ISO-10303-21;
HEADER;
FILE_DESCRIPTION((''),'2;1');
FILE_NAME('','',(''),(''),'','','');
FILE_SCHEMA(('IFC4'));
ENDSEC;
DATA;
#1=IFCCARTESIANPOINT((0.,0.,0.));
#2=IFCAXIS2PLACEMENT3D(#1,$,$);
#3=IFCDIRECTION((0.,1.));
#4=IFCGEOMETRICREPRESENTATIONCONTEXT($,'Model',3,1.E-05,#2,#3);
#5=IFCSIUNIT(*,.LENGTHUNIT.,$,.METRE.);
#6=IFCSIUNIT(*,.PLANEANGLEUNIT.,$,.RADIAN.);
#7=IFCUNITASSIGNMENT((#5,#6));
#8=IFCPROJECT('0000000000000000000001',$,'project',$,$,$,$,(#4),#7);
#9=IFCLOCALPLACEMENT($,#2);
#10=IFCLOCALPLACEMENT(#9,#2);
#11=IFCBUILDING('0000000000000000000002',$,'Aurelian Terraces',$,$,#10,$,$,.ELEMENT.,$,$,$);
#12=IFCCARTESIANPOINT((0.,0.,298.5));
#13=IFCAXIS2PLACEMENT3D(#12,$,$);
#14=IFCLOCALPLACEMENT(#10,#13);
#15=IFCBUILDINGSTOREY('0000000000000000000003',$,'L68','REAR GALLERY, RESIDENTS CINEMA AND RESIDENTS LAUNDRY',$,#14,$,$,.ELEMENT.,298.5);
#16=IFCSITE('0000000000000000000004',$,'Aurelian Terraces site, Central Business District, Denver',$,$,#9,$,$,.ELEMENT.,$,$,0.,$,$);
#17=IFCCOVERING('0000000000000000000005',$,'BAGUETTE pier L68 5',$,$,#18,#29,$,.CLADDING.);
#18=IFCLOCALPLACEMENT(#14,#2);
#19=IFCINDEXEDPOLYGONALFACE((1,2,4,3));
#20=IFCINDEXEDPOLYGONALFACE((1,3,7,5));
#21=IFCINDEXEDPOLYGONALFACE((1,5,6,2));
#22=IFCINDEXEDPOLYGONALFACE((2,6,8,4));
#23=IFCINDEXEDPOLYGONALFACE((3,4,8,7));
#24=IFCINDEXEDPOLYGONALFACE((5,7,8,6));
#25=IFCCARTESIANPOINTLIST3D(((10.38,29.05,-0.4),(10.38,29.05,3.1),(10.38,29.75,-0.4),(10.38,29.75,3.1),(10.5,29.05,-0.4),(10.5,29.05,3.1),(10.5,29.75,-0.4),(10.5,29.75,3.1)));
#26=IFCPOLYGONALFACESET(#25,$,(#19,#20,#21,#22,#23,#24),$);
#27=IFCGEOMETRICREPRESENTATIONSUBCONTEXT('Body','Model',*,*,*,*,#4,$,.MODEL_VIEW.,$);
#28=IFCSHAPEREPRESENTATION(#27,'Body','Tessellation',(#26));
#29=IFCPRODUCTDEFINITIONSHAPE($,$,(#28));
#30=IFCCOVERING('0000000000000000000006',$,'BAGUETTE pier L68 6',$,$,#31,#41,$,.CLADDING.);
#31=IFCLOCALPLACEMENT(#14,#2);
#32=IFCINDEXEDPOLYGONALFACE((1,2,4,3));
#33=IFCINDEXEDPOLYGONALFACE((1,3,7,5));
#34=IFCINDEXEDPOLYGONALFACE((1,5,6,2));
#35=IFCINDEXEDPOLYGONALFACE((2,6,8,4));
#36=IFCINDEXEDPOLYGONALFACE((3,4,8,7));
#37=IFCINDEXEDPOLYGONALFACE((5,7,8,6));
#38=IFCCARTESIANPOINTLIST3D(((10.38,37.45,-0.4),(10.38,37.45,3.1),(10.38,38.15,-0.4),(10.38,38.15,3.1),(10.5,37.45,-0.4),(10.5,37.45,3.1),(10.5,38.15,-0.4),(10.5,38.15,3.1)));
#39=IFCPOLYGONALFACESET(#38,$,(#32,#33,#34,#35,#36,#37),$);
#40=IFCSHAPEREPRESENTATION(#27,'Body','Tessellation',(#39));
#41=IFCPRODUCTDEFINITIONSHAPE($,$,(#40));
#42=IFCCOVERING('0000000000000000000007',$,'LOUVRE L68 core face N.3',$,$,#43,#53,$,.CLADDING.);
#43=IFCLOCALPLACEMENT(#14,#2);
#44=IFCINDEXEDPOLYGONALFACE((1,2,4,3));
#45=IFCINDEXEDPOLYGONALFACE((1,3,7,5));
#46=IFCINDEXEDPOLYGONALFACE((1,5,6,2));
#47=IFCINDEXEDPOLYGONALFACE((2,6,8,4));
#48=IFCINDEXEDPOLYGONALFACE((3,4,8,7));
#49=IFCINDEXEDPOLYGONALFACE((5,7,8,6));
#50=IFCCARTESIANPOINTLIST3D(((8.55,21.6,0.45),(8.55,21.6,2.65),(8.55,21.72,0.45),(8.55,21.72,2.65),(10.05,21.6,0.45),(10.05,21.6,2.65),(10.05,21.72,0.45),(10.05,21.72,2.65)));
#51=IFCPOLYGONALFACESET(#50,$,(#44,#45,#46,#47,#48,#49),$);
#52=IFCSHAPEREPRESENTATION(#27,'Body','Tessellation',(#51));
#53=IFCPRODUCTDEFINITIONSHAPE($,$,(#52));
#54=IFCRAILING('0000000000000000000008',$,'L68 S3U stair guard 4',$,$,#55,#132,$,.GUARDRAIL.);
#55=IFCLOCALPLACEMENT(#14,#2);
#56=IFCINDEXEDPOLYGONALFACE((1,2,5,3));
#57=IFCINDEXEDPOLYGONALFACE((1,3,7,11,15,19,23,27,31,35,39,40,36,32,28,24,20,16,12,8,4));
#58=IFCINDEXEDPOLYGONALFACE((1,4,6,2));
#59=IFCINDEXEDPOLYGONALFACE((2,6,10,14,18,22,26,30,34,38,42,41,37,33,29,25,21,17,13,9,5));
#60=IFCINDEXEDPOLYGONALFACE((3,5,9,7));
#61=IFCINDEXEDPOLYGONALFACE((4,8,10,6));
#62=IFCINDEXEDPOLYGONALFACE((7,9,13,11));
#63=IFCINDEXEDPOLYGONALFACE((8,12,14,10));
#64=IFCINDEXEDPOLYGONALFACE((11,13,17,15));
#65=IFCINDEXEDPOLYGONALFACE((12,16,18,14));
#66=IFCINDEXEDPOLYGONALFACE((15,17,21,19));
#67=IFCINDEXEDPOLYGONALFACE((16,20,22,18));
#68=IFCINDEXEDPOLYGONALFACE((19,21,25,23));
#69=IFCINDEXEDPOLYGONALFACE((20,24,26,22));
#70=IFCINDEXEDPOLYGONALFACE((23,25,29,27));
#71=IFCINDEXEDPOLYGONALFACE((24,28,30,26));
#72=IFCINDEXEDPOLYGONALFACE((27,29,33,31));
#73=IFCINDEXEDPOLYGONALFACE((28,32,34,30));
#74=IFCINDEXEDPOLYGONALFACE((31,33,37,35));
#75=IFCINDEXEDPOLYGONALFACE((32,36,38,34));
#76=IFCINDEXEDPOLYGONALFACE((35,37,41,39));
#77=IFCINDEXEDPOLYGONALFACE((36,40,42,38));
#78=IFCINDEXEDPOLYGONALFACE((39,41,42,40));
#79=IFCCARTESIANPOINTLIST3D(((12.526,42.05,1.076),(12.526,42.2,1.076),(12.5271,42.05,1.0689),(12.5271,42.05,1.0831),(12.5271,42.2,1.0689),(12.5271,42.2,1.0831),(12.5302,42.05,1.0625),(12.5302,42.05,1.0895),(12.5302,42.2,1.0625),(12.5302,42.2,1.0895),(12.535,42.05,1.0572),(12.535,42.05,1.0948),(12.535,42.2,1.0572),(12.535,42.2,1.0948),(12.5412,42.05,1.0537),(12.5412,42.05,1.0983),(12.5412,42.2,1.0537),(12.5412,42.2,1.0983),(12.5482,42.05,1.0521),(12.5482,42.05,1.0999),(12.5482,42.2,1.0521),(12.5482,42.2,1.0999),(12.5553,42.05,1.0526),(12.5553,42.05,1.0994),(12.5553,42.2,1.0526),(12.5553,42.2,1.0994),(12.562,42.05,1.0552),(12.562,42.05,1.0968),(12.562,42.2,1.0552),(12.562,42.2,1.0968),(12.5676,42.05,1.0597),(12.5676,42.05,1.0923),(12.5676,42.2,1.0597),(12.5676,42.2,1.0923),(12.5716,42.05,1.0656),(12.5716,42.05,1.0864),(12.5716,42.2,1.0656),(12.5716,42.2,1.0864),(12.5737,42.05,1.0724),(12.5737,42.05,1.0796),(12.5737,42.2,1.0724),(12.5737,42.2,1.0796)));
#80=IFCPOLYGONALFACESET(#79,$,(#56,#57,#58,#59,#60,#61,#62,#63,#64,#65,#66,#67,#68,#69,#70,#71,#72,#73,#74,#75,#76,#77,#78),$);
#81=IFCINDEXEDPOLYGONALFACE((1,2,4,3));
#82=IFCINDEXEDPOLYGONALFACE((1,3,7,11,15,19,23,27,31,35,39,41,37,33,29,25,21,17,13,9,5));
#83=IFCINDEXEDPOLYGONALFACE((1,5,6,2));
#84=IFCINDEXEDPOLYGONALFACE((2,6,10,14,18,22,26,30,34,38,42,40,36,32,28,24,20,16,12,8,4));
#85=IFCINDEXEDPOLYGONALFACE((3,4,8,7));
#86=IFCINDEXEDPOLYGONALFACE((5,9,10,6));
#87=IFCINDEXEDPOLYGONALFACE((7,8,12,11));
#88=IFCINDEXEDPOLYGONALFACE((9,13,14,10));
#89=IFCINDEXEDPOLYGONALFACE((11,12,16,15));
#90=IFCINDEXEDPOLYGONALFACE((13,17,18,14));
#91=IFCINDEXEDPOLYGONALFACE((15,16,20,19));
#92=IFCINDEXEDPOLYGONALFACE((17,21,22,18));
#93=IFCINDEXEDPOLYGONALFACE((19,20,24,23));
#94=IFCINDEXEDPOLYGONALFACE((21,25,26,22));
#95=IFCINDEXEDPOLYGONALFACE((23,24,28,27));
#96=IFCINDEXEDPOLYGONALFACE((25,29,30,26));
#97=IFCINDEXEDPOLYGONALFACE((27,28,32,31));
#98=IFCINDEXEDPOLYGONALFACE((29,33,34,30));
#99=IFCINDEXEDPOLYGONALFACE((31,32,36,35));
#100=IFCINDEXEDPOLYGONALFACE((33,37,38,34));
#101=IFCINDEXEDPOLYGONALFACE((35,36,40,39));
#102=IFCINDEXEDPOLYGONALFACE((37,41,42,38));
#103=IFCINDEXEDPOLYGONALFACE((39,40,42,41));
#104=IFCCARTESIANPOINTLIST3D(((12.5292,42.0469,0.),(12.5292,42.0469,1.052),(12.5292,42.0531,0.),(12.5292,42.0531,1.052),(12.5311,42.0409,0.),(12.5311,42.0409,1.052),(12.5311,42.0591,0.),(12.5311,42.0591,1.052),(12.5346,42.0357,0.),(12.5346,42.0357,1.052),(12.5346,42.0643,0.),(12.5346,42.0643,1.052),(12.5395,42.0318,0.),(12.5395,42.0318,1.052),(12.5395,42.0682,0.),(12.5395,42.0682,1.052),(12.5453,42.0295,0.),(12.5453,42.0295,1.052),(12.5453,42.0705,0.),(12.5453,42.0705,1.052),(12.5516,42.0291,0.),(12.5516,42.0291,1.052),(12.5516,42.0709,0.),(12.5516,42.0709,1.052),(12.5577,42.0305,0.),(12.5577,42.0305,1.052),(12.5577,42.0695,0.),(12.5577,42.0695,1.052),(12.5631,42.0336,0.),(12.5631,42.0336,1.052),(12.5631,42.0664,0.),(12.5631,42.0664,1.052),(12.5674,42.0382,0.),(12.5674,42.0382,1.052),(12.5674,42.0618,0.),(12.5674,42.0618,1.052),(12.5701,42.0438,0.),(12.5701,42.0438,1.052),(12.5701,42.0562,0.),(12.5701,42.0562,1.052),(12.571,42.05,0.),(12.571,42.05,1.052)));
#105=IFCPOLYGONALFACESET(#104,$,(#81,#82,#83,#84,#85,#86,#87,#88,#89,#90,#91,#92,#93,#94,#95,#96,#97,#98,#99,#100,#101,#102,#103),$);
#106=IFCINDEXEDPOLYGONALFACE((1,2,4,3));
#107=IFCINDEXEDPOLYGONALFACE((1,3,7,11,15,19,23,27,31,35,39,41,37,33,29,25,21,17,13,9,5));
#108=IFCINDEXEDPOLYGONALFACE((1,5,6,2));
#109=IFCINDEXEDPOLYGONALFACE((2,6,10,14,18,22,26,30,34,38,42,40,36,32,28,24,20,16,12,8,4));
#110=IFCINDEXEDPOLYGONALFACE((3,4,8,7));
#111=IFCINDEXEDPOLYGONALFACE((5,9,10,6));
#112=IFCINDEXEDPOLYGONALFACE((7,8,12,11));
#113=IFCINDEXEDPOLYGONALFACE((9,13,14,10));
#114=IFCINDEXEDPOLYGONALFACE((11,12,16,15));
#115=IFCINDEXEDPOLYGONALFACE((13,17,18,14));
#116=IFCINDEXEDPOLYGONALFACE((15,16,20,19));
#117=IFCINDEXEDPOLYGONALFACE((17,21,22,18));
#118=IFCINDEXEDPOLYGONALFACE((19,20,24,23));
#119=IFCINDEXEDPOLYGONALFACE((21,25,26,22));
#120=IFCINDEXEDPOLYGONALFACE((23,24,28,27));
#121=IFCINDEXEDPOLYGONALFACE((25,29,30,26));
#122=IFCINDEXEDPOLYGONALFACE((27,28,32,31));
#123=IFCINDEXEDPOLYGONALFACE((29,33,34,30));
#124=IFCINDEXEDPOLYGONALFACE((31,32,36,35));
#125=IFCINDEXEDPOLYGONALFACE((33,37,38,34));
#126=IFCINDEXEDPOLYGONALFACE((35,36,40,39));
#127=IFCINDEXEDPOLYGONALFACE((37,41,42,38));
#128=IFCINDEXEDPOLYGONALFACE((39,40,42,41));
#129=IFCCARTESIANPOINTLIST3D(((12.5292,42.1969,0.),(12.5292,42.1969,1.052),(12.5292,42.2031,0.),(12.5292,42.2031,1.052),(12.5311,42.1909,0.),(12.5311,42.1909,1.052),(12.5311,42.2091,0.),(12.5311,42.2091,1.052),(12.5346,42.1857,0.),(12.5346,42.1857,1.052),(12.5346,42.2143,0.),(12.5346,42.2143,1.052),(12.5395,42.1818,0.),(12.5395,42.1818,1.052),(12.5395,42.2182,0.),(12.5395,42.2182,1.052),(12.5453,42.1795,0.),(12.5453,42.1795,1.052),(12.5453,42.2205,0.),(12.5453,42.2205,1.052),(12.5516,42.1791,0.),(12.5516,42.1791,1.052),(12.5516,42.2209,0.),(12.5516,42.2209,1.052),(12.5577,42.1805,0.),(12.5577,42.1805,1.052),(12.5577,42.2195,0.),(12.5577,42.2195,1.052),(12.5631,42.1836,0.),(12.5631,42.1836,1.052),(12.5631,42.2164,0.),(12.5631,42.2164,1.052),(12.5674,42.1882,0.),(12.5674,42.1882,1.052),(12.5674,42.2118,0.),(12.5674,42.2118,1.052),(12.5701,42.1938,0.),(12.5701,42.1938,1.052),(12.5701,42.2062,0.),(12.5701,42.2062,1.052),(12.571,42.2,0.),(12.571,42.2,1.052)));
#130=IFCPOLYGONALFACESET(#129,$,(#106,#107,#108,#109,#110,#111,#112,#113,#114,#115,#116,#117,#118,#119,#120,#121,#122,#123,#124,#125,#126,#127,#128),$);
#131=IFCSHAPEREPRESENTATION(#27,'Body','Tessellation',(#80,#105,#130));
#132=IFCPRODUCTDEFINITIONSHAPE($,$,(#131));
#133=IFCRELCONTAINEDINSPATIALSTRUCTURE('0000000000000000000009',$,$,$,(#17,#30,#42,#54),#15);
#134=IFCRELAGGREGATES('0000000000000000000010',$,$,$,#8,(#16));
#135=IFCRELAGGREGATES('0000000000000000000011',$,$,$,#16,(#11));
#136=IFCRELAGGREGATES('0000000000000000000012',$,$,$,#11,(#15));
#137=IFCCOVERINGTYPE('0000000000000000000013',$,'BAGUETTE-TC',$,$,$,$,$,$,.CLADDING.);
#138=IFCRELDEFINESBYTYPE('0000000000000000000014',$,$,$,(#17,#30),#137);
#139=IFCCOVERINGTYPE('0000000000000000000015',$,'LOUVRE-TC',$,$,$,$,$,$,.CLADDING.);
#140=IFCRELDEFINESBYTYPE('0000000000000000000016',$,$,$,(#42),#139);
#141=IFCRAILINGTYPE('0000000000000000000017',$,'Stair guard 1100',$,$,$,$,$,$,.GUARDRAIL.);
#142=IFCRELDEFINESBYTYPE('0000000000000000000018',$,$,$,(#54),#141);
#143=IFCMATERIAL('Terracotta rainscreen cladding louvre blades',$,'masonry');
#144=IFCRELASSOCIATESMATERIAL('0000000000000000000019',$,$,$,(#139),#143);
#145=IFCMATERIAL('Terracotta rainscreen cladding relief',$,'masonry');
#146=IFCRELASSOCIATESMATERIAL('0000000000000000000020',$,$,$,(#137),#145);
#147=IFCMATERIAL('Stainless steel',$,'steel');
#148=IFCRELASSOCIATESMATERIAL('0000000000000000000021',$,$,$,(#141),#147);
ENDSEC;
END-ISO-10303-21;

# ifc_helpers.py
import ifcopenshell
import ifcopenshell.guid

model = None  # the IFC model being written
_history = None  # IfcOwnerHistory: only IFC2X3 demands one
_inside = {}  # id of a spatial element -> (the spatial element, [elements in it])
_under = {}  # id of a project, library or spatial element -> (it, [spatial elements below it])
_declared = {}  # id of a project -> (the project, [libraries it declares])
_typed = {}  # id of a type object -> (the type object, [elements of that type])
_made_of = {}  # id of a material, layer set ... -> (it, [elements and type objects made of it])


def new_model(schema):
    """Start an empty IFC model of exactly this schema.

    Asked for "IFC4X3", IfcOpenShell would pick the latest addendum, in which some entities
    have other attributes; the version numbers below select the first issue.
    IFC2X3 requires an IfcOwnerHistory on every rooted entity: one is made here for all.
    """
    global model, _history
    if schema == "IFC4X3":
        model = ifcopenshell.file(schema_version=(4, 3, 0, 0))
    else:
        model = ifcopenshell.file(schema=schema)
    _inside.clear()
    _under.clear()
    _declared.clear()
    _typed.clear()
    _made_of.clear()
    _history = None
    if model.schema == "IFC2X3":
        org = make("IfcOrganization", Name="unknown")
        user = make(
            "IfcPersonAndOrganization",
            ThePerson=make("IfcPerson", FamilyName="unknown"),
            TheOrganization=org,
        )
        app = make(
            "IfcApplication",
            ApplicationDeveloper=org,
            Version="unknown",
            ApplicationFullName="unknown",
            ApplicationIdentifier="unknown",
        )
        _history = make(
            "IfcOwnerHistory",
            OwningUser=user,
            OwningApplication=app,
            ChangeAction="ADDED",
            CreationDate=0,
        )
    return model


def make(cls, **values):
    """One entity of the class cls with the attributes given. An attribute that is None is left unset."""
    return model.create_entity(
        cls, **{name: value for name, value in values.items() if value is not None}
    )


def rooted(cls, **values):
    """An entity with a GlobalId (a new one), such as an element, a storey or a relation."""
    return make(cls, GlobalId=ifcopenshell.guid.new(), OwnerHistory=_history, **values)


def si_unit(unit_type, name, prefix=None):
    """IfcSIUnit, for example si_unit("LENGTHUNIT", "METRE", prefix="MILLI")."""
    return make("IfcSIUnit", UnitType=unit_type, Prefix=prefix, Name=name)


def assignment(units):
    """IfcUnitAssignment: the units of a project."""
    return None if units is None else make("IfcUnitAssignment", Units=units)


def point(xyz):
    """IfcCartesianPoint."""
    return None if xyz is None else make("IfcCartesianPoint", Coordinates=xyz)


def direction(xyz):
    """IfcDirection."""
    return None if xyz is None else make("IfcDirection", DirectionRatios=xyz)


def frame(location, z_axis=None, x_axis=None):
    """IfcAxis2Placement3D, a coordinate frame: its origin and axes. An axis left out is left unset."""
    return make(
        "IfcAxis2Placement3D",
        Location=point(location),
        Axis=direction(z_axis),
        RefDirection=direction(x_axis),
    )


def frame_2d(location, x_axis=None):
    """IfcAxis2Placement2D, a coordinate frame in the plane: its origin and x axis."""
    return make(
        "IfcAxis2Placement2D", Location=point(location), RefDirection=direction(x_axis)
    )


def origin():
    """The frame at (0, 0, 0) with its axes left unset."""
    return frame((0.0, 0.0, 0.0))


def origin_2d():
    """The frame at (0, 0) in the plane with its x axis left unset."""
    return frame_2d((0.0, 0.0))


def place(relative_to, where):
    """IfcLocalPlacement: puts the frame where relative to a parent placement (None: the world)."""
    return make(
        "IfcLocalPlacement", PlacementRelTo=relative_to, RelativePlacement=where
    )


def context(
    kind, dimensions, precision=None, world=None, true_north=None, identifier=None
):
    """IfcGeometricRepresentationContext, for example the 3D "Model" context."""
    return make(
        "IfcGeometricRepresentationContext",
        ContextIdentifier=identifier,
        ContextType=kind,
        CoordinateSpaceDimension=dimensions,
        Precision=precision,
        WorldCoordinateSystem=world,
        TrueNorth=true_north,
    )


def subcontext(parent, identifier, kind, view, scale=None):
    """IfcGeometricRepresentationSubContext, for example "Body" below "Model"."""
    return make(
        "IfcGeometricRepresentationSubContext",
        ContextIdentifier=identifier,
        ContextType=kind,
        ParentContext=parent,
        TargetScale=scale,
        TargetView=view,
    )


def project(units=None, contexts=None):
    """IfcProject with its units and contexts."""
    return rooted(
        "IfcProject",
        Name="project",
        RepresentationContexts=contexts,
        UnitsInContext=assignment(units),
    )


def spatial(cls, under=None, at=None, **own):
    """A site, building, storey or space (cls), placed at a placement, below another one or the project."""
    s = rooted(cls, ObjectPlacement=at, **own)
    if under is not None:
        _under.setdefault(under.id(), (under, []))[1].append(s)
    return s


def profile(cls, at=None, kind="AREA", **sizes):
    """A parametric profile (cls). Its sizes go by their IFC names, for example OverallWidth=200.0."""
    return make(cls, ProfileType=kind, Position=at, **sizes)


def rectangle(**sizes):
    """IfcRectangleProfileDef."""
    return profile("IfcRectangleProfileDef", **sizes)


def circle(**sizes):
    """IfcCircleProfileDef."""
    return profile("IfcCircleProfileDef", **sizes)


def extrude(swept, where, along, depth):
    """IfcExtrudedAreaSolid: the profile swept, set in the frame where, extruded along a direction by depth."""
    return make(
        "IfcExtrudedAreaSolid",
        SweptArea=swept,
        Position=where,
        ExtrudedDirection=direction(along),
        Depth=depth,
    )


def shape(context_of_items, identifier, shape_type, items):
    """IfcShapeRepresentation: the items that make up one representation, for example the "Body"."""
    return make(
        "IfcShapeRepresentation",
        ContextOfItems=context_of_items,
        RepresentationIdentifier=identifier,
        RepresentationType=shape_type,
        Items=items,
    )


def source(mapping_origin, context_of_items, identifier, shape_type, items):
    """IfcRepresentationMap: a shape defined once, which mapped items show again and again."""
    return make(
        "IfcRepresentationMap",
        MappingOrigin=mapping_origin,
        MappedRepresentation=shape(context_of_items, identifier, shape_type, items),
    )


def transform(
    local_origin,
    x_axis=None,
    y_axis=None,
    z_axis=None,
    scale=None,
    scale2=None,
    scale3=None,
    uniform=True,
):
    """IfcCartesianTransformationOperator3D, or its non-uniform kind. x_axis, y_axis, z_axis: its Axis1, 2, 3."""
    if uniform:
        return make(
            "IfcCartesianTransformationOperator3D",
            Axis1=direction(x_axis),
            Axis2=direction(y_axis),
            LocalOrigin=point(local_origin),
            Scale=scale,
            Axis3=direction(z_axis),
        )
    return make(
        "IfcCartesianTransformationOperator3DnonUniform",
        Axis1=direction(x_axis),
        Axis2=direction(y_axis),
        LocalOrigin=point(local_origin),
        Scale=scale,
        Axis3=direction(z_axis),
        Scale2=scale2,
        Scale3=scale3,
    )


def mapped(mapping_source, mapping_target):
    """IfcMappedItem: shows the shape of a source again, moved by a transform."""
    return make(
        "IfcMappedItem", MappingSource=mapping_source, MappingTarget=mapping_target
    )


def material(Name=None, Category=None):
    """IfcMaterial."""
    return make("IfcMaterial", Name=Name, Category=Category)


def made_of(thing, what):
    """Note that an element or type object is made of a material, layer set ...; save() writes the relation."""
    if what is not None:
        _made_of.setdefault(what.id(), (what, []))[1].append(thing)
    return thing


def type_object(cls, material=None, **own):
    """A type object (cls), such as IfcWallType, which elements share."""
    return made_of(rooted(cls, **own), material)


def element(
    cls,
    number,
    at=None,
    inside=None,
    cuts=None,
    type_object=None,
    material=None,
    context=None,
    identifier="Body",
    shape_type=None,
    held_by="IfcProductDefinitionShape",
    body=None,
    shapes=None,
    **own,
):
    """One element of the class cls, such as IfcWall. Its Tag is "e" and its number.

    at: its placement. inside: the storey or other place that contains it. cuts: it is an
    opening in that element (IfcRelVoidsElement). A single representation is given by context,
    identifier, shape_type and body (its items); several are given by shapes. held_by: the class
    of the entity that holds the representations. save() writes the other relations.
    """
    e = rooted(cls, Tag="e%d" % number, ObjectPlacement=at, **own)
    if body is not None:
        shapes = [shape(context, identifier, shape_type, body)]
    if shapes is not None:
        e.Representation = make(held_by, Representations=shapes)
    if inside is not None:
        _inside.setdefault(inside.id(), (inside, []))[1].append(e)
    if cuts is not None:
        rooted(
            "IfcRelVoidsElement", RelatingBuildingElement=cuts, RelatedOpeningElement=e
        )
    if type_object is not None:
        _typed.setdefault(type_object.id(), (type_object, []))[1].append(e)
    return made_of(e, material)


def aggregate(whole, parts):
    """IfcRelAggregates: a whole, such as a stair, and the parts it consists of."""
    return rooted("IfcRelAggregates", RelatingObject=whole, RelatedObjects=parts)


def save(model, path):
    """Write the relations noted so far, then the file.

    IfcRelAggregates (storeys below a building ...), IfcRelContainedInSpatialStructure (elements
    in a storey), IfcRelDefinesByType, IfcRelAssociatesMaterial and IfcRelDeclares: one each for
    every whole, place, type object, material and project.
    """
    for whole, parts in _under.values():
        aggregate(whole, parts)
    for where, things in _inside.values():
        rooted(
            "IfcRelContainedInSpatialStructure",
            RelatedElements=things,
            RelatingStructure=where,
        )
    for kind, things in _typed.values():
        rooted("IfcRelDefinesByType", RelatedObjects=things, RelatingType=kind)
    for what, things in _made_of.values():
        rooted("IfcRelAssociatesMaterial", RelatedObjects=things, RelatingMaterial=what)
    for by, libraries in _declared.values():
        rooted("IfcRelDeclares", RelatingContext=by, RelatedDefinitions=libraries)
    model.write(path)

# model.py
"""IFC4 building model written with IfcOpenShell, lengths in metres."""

from ifc_helpers import new_model, si_unit, direction, frame, origin, origin_2d, place, context, subcontext, project, spatial, rectangle, circle, extrude, source, transform, mapped, material, type_object, element, save


model = new_model("IFC4")

# Units and contexts
model_context = context("Model", 3, precision=1e-05, world=origin(), true_north=direction((0.0, 1.0)))
body_context = subcontext(model_context, "Body", "Model", "MODEL_VIEW")
ifc_project = project(units=[si_unit("LENGTHUNIT", "METRE"), si_unit("PLANEANGLEUNIT", "RADIAN")], contexts=[model_context])

# Site, building, storey
site_placement = place(None, origin())
site = spatial("IfcSite", under=ifc_project, at=site_placement, Name="Aurelian Terraces site, Central Business District, Denver", CompositionType="ELEMENT", RefElevation=0.0)
building_placement = place(site_placement, origin())
building = spatial("IfcBuilding", under=site, at=building_placement, Name="Aurelian Terraces", CompositionType="ELEMENT")
storey_placement = place(building_placement, frame((0.0, 0.0, 298.5)))
storey = spatial("IfcBuildingStorey", under=building, at=storey_placement, Name="L68", Description="REAR GALLERY, RESIDENTS CINEMA AND RESIDENTS LAUNDRY", CompositionType="ELEMENT", Elevation=298.5)

# Coverings
ifc_material_1 = material(Name="Terracotta rainscreen cladding louvre blades", Category="masonry")
covering_type_1 = type_object("IfcCoveringType", Name="LOUVRE-TC", PredefinedType="CLADDING", material=ifc_material_1)
ifc_material_2 = material(Name="Terracotta rainscreen cladding relief", Category="masonry")
covering_type_2 = type_object("IfcCoveringType", Name="BAGUETTE-TC", PredefinedType="CLADDING", material=ifc_material_2)
shared_shape_1 = source(origin(), body_context, "Body", "SweptSolid", [
    extrude(rectangle(XDim=0.12, YDim=0.7, at=origin_2d()), origin(), (0.0, 0.0, 1.0), 3.5),
])
for number, where, z_axis, x_axis, name in (
    (1, (10.44, 29.4, -0.4), (0.0, 0.0, 1.0), (1.0, 0.0, 0.0), "BAGUETTE pier L68 5"),
    (2, (10.44, 37.8, -0.4), (0.0, 0.0, 1.0), (1.0, 0.0, 0.0), "BAGUETTE pier L68 6"),
):
    element("IfcCovering", number, at=place(storey_placement, frame(where, z_axis=z_axis, x_axis=x_axis)), inside=storey, type_object=covering_type_2, Name=name, PredefinedType="CLADDING", context=body_context, shape_type="MappedRepresentation", body=[
        mapped(shared_shape_1, transform((0.0, 0.0, 0.0), scale=1.0)),
    ])
shared_shape_2 = source(origin(), body_context, "Body", "SweptSolid", [
    extrude(rectangle(XDim=1.5, YDim=0.12, at=origin_2d()), origin(), (0.0, 0.0, 1.0), 2.2),
])
covering_placement = place(storey_placement, frame((9.3, 21.66, 0.45), z_axis=(0.0, 0.0, 1.0), x_axis=(1.0, 0.0, 0.0)))
element("IfcCovering", 3, at=covering_placement, inside=storey, type_object=covering_type_1, Name="LOUVRE L68 core face N.3", PredefinedType="CLADDING", context=body_context, shape_type="MappedRepresentation", body=[
    mapped(shared_shape_2, transform((0.0, 0.0, 0.0), scale=1.0)),
])

# Railing
ifc_material_3 = material(Name="Stainless steel", Category="steel")
railing_type_1 = type_object("IfcRailingType", Name="Stair guard 1100", PredefinedType="GUARDRAIL", material=ifc_material_3)
shared_shape_3 = source(origin(), body_context, "Body", "SweptSolid", [
    extrude(circle(Radius=0.024, at=origin_2d()), frame((0.0, 0.0, 1.076), z_axis=(0.0, 1.0, 0.0), x_axis=(-1.0, 0.0, 0.0)), (0.0, 0.0, 1.0), 0.15),
    extrude(circle(Radius=0.021, at=origin_2d()), origin(), (0.0, 0.0, 1.0), 1.052),
    extrude(circle(Radius=0.021, at=origin_2d()), frame((0.0, 0.15, 0.0)), (0.0, 0.0, 1.0), 1.052),
])
railing_1_placement = place(storey_placement, frame((12.55, 42.05, 0.0)))
element("IfcRailing", 4, at=railing_1_placement, inside=storey, type_object=railing_type_1, Name="L68 S3U stair guard 4", PredefinedType="GUARDRAIL", context=body_context, shape_type="MappedRepresentation", body=[
    mapped(shared_shape_3, transform((0.0, 0.0, 0.0), scale=1.0)),
])

save(model, "model.ifc")
